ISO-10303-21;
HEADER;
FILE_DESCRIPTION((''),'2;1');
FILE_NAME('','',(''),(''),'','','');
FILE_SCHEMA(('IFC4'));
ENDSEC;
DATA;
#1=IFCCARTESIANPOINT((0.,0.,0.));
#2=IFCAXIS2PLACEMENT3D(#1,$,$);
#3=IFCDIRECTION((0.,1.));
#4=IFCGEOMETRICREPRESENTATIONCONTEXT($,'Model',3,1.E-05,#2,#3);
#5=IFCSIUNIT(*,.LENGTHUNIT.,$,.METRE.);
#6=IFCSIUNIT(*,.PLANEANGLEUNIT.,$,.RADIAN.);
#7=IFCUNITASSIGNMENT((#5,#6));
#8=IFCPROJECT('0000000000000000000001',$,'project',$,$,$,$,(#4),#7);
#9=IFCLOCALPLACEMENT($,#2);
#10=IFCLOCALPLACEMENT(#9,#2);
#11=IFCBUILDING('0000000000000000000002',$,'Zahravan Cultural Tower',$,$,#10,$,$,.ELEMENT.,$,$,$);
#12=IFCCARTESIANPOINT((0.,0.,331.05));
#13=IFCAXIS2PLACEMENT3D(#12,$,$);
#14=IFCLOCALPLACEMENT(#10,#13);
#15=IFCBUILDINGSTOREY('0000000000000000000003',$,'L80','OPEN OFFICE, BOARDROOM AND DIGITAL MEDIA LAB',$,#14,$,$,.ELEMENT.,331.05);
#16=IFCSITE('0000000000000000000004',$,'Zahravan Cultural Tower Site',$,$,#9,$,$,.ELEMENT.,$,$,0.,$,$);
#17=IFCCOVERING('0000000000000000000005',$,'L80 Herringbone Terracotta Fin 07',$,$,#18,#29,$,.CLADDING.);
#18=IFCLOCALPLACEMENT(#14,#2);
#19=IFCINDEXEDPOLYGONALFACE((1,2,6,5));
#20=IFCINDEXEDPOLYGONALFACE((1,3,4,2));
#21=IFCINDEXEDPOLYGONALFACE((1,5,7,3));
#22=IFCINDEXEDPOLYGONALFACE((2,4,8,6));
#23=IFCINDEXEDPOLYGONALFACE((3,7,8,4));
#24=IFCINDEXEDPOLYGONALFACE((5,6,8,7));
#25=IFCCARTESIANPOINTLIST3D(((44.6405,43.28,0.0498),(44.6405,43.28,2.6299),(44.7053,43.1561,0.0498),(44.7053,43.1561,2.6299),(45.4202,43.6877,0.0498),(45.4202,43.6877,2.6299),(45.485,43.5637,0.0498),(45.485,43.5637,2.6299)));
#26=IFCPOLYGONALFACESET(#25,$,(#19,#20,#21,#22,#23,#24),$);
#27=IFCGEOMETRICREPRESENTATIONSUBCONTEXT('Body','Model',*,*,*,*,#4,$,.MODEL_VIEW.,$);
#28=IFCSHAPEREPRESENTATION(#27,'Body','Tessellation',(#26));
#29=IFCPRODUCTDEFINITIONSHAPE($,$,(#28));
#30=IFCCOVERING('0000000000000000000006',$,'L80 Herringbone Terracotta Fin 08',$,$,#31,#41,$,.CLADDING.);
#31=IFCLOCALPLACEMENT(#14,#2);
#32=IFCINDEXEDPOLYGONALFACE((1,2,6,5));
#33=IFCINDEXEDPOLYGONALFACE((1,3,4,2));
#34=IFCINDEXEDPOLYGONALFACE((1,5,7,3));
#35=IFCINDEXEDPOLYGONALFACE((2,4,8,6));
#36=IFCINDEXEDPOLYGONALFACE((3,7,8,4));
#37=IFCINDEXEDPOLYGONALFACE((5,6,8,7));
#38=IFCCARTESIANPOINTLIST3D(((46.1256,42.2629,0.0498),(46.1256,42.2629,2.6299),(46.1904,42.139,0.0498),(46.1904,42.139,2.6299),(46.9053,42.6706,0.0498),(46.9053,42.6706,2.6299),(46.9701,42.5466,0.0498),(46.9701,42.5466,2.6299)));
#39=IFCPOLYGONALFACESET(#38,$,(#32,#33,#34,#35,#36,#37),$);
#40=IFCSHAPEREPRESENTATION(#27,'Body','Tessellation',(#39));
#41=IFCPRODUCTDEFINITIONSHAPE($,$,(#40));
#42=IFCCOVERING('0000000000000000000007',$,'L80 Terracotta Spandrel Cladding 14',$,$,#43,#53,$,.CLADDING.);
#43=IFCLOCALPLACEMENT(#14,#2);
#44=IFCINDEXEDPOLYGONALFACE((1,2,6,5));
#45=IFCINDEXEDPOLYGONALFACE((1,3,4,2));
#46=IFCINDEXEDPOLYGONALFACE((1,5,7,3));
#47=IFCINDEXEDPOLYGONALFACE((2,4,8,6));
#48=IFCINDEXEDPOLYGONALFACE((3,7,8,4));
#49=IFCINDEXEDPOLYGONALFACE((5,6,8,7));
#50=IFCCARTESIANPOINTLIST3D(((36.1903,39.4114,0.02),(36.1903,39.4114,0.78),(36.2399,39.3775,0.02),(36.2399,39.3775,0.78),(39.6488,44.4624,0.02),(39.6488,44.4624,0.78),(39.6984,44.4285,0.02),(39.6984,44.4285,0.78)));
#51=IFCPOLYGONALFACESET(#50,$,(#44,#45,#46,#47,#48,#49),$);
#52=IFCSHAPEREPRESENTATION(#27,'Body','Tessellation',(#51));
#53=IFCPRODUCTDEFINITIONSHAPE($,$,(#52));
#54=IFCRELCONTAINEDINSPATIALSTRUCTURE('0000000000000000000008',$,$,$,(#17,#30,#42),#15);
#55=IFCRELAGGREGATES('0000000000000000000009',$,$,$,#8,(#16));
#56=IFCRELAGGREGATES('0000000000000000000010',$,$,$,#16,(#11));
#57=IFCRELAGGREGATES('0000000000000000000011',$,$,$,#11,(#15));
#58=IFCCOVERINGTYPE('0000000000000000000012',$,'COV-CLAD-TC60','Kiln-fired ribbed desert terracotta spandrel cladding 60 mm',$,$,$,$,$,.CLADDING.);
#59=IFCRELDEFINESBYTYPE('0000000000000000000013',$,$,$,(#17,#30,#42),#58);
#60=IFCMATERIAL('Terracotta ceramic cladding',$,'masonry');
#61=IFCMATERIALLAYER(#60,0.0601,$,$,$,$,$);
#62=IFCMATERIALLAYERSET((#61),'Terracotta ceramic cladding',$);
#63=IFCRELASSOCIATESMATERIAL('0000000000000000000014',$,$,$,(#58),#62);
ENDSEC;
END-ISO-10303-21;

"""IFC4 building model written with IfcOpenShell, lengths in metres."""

from ifc_helpers import new_model, si_unit, direction, frame, origin, origin_2d, place, context, subcontext, project, spatial, rectangle, extrude, source, transform, mapped, material, layer, layer_set, type_object, element, save


model = new_model("IFC4")

# Units and contexts
model_context = context("Model", 3, precision=1e-05, world=origin(), true_north=direction((0.0, 1.0)))
body_context = subcontext(model_context, "Body", "Model", "MODEL_VIEW")
ifc_project = project(units=[si_unit("LENGTHUNIT", "METRE"), si_unit("PLANEANGLEUNIT", "RADIAN")], contexts=[model_context])

# Site, building, storey
site_placement = place(None, origin())
site = spatial("IfcSite", under=ifc_project, at=site_placement, Name="Zahravan Cultural Tower Site", CompositionType="ELEMENT", RefElevation=0.0)
building_placement = place(site_placement, origin())
building = spatial("IfcBuilding", under=site, at=building_placement, Name="Zahravan Cultural Tower", CompositionType="ELEMENT")
storey_placement = place(building_placement, frame((0.0, 0.0, 331.05)))
storey = spatial("IfcBuildingStorey", under=building, at=storey_placement, Name="L80", Description="OPEN OFFICE, BOARDROOM AND DIGITAL MEDIA LAB", CompositionType="ELEMENT", Elevation=331.05)

# Coverings
ifc_material_1 = material(Name="Terracotta ceramic cladding", Category="masonry")
ifc_layer_1 = layer(ifc_material_1, 0.0601)
ifc_layer_set_1 = layer_set([ifc_layer_1], Name="Terracotta ceramic cladding")
covering_type = type_object("IfcCoveringType", Name="COV-CLAD-TC60", Description="Kiln-fired ribbed desert terracotta spandrel cladding 60 mm", PredefinedType="CLADDING", material=ifc_layer_set_1)
shared_shape_1 = source(origin(), body_context, "Body", "SweptSolid", [
    extrude(rectangle(XDim=0.8799, YDim=0.1399, at=origin_2d()), origin(), (0.0, 0.0, 1.0), 2.5801),
])
for number, where, z_axis, x_axis, name in (
    (1, (45.0627, 43.4219, 0.0498), (0.0, 0.0, 1.0), (0.886195, 0.463312, 0.0), "L80 Herringbone Terracotta Fin 07"),
    (2, (46.5479, 42.4048, 0.0498), (0.0, 0.0, 1.0), (0.886195, 0.463312, 0.0), "L80 Herringbone Terracotta Fin 08"),
):
    element("IfcCovering", number, at=place(storey_placement, frame(where, z_axis=z_axis, x_axis=x_axis)), inside=storey, type_object=covering_type, Name=name, PredefinedType="CLADDING", context=body_context, shape_type="MappedRepresentation", body=[
        mapped(shared_shape_1, transform((0.0, 0.0, 0.0), x_axis=(1.0, 0.0, 0.0), y_axis=(0.0, 1.0, 0.0), z_axis=(0.0, 0.0, 1.0), scale=1.0)),
    ])
shared_shape_2 = source(origin(), body_context, "Body", "SweptSolid", [
    extrude(rectangle(XDim=6.1216, YDim=0.0601, at=origin_2d()), origin(), (0.0, 0.0, 1.0), 0.76),
])
covering_1_placement = place(storey_placement, frame((37.9443, 41.9199, 0.02), z_axis=(0.0, 0.0, 1.0), x_axis=(0.564967, 0.825113, 0.0)))
element("IfcCovering", 3, at=covering_1_placement, inside=storey, type_object=covering_type, Name="L80 Terracotta Spandrel Cladding 14", PredefinedType="CLADDING", context=body_context, shape_type="MappedRepresentation", body=[
    mapped(shared_shape_2, transform((0.0, 0.0, 0.0), x_axis=(1.0, 0.0, 0.0), y_axis=(0.0, 1.0, 0.0), z_axis=(0.0, 0.0, 1.0), scale=1.0)),
])

save(model, "model.ifc")
